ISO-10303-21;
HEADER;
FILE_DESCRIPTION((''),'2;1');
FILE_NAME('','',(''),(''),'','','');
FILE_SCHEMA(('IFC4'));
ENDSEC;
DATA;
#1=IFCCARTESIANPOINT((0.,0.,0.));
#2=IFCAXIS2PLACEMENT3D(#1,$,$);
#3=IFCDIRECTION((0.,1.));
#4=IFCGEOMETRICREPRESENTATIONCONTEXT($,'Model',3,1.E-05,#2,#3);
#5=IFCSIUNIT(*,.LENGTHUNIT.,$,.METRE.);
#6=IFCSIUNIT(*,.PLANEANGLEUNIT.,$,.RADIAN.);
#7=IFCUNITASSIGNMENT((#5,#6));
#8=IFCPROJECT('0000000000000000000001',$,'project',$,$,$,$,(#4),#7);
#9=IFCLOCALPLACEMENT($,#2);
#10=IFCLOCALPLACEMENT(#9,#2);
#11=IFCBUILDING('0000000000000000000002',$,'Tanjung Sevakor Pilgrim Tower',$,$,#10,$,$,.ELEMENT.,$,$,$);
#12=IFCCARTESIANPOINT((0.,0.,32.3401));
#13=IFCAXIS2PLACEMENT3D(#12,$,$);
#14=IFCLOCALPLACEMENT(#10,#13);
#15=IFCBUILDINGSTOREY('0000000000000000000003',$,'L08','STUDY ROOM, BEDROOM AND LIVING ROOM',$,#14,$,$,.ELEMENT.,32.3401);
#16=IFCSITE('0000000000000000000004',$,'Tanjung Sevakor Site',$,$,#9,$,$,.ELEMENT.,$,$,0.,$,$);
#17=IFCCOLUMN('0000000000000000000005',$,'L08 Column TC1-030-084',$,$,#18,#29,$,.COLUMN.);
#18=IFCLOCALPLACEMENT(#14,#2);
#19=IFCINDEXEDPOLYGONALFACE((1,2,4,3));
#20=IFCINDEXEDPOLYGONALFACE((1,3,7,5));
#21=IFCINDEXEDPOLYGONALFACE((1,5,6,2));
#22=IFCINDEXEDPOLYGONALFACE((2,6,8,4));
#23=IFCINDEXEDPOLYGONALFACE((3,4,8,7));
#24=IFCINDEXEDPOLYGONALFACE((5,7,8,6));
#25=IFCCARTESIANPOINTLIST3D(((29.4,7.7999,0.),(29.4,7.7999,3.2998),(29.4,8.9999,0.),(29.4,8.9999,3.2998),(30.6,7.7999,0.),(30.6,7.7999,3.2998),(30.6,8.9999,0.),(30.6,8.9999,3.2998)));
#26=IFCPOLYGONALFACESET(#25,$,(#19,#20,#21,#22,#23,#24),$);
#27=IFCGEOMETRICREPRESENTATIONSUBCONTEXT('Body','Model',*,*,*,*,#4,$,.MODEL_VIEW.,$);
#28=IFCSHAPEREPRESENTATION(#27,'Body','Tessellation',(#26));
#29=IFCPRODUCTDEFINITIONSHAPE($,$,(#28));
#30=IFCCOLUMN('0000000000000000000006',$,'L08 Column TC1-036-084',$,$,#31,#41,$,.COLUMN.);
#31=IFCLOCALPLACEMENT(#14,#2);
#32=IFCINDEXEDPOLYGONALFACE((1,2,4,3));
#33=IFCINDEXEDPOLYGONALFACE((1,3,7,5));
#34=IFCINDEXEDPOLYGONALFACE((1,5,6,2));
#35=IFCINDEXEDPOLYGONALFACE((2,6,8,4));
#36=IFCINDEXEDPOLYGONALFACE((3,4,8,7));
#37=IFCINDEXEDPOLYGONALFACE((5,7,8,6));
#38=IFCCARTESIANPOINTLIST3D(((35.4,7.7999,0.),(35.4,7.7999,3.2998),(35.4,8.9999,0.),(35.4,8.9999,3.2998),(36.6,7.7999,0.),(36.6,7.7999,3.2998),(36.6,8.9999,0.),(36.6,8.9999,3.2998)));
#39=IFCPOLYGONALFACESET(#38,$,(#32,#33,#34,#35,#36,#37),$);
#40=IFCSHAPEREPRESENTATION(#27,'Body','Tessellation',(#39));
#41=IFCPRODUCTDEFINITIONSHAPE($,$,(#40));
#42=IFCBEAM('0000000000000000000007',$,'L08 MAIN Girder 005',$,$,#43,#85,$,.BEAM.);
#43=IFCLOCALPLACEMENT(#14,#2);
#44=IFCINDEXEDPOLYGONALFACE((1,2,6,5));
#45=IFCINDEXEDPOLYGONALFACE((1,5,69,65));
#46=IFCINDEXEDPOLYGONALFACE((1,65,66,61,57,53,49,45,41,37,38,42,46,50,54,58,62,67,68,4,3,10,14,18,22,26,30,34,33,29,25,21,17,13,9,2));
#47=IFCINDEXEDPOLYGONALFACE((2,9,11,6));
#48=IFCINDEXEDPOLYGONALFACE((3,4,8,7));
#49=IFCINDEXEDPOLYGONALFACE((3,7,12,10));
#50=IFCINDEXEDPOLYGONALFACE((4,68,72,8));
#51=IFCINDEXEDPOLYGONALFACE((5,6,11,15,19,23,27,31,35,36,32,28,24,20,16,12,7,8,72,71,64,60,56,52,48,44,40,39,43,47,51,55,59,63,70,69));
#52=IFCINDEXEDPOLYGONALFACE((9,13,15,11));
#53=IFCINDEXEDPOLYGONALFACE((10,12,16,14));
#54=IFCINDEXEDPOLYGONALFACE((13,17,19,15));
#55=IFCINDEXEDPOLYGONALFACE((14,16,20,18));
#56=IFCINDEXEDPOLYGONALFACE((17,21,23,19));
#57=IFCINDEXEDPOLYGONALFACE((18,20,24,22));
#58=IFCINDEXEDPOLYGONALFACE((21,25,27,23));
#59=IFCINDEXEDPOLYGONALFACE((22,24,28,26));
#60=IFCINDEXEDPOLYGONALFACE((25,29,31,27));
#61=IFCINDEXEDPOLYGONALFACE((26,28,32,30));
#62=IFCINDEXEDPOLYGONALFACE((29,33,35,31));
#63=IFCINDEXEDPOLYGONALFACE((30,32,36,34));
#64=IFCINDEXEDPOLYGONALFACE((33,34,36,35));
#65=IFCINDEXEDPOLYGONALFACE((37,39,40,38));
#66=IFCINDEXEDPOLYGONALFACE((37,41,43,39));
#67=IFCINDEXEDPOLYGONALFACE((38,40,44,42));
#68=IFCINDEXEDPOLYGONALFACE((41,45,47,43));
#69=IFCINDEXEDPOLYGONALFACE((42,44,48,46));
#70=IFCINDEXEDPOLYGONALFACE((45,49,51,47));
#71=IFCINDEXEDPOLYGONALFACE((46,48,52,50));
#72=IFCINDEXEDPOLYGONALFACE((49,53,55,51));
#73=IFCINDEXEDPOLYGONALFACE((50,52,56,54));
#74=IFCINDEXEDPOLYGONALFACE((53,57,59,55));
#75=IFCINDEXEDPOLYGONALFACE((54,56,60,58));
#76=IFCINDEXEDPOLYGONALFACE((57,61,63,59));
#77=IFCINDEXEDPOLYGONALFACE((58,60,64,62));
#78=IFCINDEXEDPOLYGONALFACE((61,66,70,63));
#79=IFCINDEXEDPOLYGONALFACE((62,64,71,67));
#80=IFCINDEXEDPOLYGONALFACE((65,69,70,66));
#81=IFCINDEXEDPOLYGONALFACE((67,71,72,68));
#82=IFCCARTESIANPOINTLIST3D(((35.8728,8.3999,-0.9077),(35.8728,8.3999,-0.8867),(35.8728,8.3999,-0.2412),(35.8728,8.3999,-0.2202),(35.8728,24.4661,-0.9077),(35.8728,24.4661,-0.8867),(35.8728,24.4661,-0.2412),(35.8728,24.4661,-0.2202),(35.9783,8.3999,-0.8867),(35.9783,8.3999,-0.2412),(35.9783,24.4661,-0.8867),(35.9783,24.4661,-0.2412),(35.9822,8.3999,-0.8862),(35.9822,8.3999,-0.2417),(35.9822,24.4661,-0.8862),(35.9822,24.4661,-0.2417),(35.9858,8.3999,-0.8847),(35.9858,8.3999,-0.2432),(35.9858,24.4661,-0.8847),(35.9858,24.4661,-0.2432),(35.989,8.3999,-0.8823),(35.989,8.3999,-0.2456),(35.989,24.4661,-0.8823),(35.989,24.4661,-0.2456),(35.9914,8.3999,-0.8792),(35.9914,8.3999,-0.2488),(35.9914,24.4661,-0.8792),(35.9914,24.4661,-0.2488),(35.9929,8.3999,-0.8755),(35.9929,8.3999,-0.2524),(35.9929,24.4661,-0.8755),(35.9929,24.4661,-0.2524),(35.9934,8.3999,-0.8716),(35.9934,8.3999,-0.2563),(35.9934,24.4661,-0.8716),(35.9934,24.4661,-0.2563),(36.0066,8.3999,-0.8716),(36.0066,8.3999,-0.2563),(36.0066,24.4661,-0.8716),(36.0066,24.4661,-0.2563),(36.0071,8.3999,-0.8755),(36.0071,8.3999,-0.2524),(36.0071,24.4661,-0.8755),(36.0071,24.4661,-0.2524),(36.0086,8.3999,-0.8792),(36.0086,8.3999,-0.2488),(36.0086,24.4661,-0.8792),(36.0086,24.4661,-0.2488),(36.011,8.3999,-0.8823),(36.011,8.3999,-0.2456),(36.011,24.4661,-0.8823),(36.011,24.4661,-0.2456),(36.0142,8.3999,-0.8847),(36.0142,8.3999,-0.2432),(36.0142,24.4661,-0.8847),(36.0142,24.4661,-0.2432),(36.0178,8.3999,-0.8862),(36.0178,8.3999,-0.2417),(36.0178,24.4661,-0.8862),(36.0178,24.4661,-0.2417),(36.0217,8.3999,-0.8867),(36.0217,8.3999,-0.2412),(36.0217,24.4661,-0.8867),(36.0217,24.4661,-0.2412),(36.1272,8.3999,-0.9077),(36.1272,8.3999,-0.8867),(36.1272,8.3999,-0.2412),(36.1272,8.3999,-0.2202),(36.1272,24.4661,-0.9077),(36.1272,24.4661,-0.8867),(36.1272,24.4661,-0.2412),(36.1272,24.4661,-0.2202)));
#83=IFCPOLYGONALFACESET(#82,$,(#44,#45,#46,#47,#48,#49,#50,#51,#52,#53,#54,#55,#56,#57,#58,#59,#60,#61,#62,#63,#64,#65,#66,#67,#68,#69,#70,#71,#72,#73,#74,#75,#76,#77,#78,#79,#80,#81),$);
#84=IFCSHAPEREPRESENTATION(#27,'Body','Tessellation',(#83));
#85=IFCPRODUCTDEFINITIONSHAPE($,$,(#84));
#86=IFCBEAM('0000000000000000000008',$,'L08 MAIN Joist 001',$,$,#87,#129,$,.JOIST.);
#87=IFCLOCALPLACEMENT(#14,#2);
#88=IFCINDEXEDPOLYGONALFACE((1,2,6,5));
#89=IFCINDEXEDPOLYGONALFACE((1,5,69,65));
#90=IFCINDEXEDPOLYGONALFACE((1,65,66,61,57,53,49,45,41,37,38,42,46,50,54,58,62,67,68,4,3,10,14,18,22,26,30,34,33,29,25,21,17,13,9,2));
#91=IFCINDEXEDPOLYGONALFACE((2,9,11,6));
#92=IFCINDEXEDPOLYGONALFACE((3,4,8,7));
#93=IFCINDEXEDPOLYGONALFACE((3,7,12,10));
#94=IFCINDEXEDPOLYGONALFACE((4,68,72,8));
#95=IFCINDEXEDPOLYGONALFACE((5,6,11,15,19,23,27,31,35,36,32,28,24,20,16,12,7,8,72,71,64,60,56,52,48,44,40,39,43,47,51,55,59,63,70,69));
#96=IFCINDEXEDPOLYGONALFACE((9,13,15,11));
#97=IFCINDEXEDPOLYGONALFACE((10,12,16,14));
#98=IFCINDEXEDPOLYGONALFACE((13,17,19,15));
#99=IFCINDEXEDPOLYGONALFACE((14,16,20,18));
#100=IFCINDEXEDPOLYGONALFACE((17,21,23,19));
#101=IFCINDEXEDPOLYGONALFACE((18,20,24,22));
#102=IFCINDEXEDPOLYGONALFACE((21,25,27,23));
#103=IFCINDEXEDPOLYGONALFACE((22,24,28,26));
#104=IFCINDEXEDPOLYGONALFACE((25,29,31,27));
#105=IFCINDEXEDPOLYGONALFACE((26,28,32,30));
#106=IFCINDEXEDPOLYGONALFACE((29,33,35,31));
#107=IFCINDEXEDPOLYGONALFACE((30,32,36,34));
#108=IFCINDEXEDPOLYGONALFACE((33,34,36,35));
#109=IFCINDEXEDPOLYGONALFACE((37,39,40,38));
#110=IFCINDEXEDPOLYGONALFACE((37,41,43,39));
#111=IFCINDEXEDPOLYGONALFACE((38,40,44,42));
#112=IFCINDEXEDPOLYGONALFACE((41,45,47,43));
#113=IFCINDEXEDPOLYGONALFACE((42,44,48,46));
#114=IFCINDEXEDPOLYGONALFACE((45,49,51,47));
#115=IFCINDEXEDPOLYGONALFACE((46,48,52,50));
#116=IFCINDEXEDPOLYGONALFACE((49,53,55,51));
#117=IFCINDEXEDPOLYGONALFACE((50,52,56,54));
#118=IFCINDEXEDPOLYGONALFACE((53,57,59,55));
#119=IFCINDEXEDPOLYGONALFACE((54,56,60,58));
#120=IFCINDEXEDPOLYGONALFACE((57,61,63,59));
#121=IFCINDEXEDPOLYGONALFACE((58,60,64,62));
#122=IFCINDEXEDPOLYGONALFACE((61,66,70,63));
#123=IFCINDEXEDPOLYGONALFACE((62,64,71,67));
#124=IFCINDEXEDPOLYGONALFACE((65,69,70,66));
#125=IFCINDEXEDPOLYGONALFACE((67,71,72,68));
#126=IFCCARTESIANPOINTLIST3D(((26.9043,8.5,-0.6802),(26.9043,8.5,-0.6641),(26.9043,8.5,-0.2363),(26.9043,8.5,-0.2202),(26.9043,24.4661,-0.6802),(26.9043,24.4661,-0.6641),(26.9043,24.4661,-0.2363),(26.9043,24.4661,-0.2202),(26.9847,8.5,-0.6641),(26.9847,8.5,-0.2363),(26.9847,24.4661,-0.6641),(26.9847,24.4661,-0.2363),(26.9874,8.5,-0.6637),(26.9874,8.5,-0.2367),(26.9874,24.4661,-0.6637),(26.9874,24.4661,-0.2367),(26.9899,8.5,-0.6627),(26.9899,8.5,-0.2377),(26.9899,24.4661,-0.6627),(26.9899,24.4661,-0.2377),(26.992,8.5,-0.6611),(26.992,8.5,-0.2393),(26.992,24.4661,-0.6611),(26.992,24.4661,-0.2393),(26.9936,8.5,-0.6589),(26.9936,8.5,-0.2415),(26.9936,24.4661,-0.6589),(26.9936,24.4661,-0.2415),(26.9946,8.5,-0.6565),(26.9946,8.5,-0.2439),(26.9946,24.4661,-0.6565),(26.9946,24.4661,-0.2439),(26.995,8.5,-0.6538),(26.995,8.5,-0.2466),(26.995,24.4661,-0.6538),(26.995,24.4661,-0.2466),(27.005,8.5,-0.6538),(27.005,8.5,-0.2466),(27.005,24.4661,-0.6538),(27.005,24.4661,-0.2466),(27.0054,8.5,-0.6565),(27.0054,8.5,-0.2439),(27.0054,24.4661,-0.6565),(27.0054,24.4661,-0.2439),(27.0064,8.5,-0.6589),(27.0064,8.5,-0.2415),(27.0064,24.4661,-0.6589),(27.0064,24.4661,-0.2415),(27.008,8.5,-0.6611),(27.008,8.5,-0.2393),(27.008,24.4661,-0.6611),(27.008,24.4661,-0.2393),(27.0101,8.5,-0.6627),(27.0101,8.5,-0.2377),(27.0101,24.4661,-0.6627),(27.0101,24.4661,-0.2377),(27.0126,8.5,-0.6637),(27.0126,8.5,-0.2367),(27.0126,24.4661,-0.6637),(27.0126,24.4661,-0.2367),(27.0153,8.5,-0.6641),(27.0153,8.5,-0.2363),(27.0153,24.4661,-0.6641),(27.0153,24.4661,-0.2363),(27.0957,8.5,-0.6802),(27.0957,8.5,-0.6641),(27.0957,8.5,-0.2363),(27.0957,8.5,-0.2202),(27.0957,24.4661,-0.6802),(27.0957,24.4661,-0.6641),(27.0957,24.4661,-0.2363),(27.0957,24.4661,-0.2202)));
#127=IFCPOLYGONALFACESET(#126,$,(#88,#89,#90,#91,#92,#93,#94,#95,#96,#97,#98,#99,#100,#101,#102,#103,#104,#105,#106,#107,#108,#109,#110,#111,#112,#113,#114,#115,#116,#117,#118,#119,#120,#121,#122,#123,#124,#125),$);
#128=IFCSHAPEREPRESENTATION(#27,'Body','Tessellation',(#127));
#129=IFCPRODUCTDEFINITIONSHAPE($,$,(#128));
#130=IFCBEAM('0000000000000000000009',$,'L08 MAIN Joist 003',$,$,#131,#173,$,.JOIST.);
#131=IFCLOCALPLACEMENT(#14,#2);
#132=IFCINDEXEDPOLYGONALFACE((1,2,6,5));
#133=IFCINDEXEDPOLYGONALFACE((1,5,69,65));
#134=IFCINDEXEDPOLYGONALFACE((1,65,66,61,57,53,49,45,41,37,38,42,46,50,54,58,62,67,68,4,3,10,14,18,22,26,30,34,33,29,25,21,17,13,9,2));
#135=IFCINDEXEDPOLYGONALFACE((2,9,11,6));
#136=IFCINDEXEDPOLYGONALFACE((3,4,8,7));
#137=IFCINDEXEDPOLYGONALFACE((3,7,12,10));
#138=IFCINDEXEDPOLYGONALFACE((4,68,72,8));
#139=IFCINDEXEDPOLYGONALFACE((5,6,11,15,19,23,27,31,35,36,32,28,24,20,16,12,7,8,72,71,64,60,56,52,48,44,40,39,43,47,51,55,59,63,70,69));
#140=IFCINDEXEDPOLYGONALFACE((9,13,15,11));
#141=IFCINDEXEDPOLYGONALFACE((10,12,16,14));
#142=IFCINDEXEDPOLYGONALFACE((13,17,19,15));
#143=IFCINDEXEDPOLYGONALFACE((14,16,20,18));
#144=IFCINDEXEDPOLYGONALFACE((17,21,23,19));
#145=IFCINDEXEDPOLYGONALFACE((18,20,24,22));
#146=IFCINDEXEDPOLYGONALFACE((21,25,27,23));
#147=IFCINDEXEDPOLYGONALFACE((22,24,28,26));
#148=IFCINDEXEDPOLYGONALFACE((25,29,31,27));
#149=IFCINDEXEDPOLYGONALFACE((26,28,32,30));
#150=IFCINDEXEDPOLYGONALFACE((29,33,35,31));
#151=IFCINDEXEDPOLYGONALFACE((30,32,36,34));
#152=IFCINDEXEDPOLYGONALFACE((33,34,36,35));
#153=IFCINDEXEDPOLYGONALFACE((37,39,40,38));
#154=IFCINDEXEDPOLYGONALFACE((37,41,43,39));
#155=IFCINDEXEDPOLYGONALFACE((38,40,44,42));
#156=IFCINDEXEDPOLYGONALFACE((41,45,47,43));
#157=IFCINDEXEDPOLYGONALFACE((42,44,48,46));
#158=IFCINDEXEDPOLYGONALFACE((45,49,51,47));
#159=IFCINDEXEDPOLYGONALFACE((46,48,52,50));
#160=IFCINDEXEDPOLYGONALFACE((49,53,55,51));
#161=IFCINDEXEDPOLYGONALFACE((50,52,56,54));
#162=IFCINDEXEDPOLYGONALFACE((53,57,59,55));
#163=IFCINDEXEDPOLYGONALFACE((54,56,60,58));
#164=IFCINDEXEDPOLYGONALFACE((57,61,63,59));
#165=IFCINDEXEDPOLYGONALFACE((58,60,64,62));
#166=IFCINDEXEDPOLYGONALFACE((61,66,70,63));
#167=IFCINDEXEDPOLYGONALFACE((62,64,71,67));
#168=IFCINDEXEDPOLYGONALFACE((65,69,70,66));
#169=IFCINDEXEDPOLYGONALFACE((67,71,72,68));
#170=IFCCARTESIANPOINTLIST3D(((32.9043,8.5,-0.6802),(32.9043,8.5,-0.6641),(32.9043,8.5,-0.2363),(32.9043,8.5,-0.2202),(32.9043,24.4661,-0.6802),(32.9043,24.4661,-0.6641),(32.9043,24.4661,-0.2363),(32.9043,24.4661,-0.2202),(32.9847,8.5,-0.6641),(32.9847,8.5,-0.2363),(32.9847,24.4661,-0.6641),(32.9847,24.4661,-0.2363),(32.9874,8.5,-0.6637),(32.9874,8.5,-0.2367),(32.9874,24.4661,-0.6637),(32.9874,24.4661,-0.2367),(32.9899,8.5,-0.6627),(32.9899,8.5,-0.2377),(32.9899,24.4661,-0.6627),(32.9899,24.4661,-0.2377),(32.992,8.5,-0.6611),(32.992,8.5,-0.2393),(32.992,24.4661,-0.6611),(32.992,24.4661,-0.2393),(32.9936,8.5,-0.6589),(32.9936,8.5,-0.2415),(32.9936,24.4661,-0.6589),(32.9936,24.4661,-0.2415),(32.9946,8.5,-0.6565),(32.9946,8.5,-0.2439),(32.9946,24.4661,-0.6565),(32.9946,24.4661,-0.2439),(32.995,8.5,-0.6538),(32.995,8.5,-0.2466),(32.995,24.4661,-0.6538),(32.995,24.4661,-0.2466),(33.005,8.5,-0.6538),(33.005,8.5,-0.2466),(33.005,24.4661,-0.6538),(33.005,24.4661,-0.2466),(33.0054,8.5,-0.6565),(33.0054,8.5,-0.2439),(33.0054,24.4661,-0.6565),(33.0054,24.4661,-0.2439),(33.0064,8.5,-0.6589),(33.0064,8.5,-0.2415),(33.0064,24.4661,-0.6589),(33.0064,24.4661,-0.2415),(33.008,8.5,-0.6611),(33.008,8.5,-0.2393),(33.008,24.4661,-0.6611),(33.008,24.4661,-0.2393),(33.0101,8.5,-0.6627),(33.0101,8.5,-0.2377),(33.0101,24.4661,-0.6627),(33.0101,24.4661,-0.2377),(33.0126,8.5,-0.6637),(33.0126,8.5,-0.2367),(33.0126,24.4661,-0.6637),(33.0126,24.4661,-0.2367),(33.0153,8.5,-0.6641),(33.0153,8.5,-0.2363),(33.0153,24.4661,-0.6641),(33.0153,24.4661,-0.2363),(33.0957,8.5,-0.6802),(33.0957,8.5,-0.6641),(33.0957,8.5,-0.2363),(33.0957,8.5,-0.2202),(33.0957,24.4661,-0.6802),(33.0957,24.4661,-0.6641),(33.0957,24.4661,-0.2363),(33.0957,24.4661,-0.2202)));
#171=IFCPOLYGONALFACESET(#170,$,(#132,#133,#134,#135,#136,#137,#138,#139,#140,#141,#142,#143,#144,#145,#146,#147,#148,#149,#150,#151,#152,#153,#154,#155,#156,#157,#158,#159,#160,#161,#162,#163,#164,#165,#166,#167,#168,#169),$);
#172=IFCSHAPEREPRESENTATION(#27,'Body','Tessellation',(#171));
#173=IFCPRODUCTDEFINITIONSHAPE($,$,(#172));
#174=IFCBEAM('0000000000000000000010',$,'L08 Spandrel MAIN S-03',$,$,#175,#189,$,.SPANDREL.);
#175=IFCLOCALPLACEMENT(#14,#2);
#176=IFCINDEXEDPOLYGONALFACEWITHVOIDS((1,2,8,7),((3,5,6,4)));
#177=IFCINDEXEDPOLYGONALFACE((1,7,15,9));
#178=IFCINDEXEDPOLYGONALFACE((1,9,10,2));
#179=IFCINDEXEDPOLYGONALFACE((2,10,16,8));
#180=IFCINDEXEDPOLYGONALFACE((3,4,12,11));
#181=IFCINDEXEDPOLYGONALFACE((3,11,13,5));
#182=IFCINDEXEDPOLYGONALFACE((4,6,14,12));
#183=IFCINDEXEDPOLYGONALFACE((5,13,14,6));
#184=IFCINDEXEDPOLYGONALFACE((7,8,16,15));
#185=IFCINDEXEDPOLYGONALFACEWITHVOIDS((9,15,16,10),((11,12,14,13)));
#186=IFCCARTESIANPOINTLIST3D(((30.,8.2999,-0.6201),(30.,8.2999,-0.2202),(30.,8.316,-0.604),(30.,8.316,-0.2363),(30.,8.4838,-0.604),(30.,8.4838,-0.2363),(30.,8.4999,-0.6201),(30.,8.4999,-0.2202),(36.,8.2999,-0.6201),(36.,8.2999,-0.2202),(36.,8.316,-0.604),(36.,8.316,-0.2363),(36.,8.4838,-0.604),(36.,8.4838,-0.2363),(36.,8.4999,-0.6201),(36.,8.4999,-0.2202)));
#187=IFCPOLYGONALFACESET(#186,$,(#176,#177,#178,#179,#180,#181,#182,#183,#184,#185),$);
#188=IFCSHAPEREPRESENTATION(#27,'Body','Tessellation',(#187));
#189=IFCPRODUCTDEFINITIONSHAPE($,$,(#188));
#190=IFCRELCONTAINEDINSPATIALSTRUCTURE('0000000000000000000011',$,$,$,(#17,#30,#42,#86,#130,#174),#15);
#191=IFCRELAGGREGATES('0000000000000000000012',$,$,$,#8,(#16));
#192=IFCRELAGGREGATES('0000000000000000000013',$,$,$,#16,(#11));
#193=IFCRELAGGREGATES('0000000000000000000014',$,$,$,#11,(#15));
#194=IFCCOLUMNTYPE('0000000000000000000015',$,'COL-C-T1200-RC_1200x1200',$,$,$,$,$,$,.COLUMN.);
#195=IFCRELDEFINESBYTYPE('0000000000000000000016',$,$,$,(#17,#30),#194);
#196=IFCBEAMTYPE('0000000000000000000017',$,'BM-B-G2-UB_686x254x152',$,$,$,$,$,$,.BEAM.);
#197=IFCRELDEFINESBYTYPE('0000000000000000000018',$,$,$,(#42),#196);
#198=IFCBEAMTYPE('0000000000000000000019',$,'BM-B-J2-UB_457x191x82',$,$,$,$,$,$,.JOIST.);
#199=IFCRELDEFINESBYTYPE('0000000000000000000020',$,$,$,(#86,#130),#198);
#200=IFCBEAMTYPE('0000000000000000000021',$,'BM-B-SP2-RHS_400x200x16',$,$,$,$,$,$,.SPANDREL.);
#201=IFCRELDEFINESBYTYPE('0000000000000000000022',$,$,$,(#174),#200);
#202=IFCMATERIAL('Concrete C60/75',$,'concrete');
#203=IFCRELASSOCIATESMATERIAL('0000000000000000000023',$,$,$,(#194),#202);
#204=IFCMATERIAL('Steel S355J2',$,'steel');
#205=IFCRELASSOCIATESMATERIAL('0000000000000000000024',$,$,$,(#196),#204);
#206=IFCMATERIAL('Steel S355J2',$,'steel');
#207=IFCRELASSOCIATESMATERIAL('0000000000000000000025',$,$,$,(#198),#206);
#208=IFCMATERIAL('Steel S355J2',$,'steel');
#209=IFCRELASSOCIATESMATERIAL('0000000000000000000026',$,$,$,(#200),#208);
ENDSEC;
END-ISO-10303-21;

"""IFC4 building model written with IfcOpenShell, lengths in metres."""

from ifc_helpers import new_model, si_unit, direction, frame, origin, origin_2d, place, context, subcontext, project, spatial, rectangle, hollow_rectangle, i_section, extrude, material, material_profile, profile_set, type_object, element, save


model = new_model("IFC4")

# Units and contexts
model_context = context("Model", 3, precision=1e-05, world=origin(), true_north=direction((0.0, 1.0)))
body_context = subcontext(model_context, "Body", "Model", "MODEL_VIEW")
ifc_project = project(units=[si_unit("LENGTHUNIT", "METRE"), si_unit("PLANEANGLEUNIT", "RADIAN")], contexts=[model_context])

# Site, building, storey
site_placement = place(None, origin())
site = spatial("IfcSite", under=ifc_project, at=site_placement, Name="Tanjung Sevakor Site", CompositionType="ELEMENT", RefElevation=0.0)
building_placement = place(site_placement, origin())
building = spatial("IfcBuilding", under=site, at=building_placement, Name="Tanjung Sevakor Pilgrim Tower", CompositionType="ELEMENT")
storey_placement = place(building_placement, frame((0.0, 0.0, 32.3401)))
storey = spatial("IfcBuildingStorey", under=building, at=storey_placement, Name="L08", Description="STUDY ROOM, BEDROOM AND LIVING ROOM", CompositionType="ELEMENT", Elevation=32.3401)

# Columns
ifc_material_1 = material(Name="Concrete C60/75", Category="concrete")
ifc_material_profile_1 = material_profile(ifc_material_1, rectangle(XDim=1.2, YDim=1.2, at=origin_2d()))
ifc_profile_set_1 = profile_set([ifc_material_profile_1], Name="Concrete C60/75")
column_type = type_object("IfcColumnType", Name="COL-C-T1200-RC_1200x1200", PredefinedType="COLUMN", material=ifc_profile_set_1)
for number, where, z_axis, x_axis, name in (
    (1, (30.0, 8.3999, 0.0), (0.0, 0.0, 1.0), (1.0, 0.0, 0.0), "L08 Column TC1-030-084"),
    (2, (36.0, 8.3999, 0.0), (0.0, 0.0, 1.0), (1.0, 0.0, 0.0), "L08 Column TC1-036-084"),
):
    element("IfcColumn", number, at=place(storey_placement, frame(where, z_axis=z_axis, x_axis=x_axis)), inside=storey, type_object=column_type, Name=name, PredefinedType="COLUMN", context=body_context, shape_type="SweptSolid", body=[
        extrude(rectangle(XDim=1.2, YDim=1.2, at=origin_2d()), origin(), (0.0, 0.0, 1.0), 3.2998),
    ])

# Beams
ifc_material_2 = material(Name="Steel S355J2", Category="steel")
ifc_material_profile_2 = material_profile(ifc_material_2, i_section(OverallWidth=0.2544, OverallDepth=0.6875, WebThickness=0.0132, FlangeThickness=0.021, FilletRadius=0.0151, at=origin_2d()))
ifc_profile_set_2 = profile_set([ifc_material_profile_2], Name="Steel S355J2")
beam_type_1 = type_object("IfcBeamType", Name="BM-B-G2-UB_686x254x152", PredefinedType="BEAM", material=ifc_profile_set_2)
beam_placement = place(storey_placement, frame((36.0, 8.3999, -0.564), z_axis=(0.0, 1.0, 0.0), x_axis=(-1.0, 0.0, 0.0)))
element("IfcBeam", 3, at=beam_placement, inside=storey, type_object=beam_type_1, Name="L08 MAIN Girder 005", PredefinedType="BEAM", context=body_context, shape_type="SweptSolid", body=[
    extrude(i_section(OverallWidth=0.2544, OverallDepth=0.6875, WebThickness=0.0132, FlangeThickness=0.021, FilletRadius=0.0151, at=origin_2d()), origin(), (0.0, 0.0, 1.0), 16.0662),
])
ifc_material_3 = material(Name="Steel S355J2", Category="steel")
ifc_material_profile_3 = material_profile(ifc_material_3, i_section(OverallWidth=0.1914, OverallDepth=0.46, WebThickness=0.01, FlangeThickness=0.0161, FilletRadius=0.0103, at=origin_2d()))
ifc_profile_set_3 = profile_set([ifc_material_profile_3], Name="Steel S355J2")
beam_type_2 = type_object("IfcBeamType", Name="BM-B-J2-UB_457x191x82", PredefinedType="JOIST", material=ifc_profile_set_3)
for number, where, z_axis, x_axis, name in (
    (4, (27.0, 8.5, -0.4502), (0.0, 1.0, 0.0), (-1.0, 0.0, 0.0), "L08 MAIN Joist 001"),
    (5, (33.0, 8.5, -0.4502), (0.0, 1.0, 0.0), (-1.0, 0.0, 0.0), "L08 MAIN Joist 003"),
):
    element("IfcBeam", number, at=place(storey_placement, frame(where, z_axis=z_axis, x_axis=x_axis)), inside=storey, type_object=beam_type_2, Name=name, PredefinedType="JOIST", context=body_context, shape_type="SweptSolid", body=[
        extrude(i_section(OverallWidth=0.1914, OverallDepth=0.46, WebThickness=0.01, FlangeThickness=0.0161, FilletRadius=0.0103, at=origin_2d()), origin(), (0.0, 0.0, 1.0), 15.9661),
    ])
ifc_material_4 = material(Name="Steel S355J2", Category="steel")
ifc_material_profile_4 = material_profile(ifc_material_4, hollow_rectangle(XDim=0.2, YDim=0.3999, WallThickness=0.0161, at=origin_2d()))
ifc_profile_set_4 = profile_set([ifc_material_profile_4], Name="Steel S355J2")
beam_type_3 = type_object("IfcBeamType", Name="BM-B-SP2-RHS_400x200x16", PredefinedType="SPANDREL", material=ifc_profile_set_4)
for number, where, z_axis, x_axis, name in (
    (6, (30.0, 8.3999, -0.4202), (1.0, 0.0, 0.0), (0.0, 1.0, 0.0), "L08 Spandrel MAIN S-03"),
):
    element("IfcBeam", number, at=place(storey_placement, frame(where, z_axis=z_axis, x_axis=x_axis)), inside=storey, type_object=beam_type_3, Name=name, PredefinedType="SPANDREL", context=body_context, shape_type="SweptSolid", body=[
        extrude(hollow_rectangle(XDim=0.2, YDim=0.3999, WallThickness=0.0161, at=origin_2d()), origin(), (0.0, 0.0, 1.0), 6.0),
    ])

save(model, "model.ifc")
